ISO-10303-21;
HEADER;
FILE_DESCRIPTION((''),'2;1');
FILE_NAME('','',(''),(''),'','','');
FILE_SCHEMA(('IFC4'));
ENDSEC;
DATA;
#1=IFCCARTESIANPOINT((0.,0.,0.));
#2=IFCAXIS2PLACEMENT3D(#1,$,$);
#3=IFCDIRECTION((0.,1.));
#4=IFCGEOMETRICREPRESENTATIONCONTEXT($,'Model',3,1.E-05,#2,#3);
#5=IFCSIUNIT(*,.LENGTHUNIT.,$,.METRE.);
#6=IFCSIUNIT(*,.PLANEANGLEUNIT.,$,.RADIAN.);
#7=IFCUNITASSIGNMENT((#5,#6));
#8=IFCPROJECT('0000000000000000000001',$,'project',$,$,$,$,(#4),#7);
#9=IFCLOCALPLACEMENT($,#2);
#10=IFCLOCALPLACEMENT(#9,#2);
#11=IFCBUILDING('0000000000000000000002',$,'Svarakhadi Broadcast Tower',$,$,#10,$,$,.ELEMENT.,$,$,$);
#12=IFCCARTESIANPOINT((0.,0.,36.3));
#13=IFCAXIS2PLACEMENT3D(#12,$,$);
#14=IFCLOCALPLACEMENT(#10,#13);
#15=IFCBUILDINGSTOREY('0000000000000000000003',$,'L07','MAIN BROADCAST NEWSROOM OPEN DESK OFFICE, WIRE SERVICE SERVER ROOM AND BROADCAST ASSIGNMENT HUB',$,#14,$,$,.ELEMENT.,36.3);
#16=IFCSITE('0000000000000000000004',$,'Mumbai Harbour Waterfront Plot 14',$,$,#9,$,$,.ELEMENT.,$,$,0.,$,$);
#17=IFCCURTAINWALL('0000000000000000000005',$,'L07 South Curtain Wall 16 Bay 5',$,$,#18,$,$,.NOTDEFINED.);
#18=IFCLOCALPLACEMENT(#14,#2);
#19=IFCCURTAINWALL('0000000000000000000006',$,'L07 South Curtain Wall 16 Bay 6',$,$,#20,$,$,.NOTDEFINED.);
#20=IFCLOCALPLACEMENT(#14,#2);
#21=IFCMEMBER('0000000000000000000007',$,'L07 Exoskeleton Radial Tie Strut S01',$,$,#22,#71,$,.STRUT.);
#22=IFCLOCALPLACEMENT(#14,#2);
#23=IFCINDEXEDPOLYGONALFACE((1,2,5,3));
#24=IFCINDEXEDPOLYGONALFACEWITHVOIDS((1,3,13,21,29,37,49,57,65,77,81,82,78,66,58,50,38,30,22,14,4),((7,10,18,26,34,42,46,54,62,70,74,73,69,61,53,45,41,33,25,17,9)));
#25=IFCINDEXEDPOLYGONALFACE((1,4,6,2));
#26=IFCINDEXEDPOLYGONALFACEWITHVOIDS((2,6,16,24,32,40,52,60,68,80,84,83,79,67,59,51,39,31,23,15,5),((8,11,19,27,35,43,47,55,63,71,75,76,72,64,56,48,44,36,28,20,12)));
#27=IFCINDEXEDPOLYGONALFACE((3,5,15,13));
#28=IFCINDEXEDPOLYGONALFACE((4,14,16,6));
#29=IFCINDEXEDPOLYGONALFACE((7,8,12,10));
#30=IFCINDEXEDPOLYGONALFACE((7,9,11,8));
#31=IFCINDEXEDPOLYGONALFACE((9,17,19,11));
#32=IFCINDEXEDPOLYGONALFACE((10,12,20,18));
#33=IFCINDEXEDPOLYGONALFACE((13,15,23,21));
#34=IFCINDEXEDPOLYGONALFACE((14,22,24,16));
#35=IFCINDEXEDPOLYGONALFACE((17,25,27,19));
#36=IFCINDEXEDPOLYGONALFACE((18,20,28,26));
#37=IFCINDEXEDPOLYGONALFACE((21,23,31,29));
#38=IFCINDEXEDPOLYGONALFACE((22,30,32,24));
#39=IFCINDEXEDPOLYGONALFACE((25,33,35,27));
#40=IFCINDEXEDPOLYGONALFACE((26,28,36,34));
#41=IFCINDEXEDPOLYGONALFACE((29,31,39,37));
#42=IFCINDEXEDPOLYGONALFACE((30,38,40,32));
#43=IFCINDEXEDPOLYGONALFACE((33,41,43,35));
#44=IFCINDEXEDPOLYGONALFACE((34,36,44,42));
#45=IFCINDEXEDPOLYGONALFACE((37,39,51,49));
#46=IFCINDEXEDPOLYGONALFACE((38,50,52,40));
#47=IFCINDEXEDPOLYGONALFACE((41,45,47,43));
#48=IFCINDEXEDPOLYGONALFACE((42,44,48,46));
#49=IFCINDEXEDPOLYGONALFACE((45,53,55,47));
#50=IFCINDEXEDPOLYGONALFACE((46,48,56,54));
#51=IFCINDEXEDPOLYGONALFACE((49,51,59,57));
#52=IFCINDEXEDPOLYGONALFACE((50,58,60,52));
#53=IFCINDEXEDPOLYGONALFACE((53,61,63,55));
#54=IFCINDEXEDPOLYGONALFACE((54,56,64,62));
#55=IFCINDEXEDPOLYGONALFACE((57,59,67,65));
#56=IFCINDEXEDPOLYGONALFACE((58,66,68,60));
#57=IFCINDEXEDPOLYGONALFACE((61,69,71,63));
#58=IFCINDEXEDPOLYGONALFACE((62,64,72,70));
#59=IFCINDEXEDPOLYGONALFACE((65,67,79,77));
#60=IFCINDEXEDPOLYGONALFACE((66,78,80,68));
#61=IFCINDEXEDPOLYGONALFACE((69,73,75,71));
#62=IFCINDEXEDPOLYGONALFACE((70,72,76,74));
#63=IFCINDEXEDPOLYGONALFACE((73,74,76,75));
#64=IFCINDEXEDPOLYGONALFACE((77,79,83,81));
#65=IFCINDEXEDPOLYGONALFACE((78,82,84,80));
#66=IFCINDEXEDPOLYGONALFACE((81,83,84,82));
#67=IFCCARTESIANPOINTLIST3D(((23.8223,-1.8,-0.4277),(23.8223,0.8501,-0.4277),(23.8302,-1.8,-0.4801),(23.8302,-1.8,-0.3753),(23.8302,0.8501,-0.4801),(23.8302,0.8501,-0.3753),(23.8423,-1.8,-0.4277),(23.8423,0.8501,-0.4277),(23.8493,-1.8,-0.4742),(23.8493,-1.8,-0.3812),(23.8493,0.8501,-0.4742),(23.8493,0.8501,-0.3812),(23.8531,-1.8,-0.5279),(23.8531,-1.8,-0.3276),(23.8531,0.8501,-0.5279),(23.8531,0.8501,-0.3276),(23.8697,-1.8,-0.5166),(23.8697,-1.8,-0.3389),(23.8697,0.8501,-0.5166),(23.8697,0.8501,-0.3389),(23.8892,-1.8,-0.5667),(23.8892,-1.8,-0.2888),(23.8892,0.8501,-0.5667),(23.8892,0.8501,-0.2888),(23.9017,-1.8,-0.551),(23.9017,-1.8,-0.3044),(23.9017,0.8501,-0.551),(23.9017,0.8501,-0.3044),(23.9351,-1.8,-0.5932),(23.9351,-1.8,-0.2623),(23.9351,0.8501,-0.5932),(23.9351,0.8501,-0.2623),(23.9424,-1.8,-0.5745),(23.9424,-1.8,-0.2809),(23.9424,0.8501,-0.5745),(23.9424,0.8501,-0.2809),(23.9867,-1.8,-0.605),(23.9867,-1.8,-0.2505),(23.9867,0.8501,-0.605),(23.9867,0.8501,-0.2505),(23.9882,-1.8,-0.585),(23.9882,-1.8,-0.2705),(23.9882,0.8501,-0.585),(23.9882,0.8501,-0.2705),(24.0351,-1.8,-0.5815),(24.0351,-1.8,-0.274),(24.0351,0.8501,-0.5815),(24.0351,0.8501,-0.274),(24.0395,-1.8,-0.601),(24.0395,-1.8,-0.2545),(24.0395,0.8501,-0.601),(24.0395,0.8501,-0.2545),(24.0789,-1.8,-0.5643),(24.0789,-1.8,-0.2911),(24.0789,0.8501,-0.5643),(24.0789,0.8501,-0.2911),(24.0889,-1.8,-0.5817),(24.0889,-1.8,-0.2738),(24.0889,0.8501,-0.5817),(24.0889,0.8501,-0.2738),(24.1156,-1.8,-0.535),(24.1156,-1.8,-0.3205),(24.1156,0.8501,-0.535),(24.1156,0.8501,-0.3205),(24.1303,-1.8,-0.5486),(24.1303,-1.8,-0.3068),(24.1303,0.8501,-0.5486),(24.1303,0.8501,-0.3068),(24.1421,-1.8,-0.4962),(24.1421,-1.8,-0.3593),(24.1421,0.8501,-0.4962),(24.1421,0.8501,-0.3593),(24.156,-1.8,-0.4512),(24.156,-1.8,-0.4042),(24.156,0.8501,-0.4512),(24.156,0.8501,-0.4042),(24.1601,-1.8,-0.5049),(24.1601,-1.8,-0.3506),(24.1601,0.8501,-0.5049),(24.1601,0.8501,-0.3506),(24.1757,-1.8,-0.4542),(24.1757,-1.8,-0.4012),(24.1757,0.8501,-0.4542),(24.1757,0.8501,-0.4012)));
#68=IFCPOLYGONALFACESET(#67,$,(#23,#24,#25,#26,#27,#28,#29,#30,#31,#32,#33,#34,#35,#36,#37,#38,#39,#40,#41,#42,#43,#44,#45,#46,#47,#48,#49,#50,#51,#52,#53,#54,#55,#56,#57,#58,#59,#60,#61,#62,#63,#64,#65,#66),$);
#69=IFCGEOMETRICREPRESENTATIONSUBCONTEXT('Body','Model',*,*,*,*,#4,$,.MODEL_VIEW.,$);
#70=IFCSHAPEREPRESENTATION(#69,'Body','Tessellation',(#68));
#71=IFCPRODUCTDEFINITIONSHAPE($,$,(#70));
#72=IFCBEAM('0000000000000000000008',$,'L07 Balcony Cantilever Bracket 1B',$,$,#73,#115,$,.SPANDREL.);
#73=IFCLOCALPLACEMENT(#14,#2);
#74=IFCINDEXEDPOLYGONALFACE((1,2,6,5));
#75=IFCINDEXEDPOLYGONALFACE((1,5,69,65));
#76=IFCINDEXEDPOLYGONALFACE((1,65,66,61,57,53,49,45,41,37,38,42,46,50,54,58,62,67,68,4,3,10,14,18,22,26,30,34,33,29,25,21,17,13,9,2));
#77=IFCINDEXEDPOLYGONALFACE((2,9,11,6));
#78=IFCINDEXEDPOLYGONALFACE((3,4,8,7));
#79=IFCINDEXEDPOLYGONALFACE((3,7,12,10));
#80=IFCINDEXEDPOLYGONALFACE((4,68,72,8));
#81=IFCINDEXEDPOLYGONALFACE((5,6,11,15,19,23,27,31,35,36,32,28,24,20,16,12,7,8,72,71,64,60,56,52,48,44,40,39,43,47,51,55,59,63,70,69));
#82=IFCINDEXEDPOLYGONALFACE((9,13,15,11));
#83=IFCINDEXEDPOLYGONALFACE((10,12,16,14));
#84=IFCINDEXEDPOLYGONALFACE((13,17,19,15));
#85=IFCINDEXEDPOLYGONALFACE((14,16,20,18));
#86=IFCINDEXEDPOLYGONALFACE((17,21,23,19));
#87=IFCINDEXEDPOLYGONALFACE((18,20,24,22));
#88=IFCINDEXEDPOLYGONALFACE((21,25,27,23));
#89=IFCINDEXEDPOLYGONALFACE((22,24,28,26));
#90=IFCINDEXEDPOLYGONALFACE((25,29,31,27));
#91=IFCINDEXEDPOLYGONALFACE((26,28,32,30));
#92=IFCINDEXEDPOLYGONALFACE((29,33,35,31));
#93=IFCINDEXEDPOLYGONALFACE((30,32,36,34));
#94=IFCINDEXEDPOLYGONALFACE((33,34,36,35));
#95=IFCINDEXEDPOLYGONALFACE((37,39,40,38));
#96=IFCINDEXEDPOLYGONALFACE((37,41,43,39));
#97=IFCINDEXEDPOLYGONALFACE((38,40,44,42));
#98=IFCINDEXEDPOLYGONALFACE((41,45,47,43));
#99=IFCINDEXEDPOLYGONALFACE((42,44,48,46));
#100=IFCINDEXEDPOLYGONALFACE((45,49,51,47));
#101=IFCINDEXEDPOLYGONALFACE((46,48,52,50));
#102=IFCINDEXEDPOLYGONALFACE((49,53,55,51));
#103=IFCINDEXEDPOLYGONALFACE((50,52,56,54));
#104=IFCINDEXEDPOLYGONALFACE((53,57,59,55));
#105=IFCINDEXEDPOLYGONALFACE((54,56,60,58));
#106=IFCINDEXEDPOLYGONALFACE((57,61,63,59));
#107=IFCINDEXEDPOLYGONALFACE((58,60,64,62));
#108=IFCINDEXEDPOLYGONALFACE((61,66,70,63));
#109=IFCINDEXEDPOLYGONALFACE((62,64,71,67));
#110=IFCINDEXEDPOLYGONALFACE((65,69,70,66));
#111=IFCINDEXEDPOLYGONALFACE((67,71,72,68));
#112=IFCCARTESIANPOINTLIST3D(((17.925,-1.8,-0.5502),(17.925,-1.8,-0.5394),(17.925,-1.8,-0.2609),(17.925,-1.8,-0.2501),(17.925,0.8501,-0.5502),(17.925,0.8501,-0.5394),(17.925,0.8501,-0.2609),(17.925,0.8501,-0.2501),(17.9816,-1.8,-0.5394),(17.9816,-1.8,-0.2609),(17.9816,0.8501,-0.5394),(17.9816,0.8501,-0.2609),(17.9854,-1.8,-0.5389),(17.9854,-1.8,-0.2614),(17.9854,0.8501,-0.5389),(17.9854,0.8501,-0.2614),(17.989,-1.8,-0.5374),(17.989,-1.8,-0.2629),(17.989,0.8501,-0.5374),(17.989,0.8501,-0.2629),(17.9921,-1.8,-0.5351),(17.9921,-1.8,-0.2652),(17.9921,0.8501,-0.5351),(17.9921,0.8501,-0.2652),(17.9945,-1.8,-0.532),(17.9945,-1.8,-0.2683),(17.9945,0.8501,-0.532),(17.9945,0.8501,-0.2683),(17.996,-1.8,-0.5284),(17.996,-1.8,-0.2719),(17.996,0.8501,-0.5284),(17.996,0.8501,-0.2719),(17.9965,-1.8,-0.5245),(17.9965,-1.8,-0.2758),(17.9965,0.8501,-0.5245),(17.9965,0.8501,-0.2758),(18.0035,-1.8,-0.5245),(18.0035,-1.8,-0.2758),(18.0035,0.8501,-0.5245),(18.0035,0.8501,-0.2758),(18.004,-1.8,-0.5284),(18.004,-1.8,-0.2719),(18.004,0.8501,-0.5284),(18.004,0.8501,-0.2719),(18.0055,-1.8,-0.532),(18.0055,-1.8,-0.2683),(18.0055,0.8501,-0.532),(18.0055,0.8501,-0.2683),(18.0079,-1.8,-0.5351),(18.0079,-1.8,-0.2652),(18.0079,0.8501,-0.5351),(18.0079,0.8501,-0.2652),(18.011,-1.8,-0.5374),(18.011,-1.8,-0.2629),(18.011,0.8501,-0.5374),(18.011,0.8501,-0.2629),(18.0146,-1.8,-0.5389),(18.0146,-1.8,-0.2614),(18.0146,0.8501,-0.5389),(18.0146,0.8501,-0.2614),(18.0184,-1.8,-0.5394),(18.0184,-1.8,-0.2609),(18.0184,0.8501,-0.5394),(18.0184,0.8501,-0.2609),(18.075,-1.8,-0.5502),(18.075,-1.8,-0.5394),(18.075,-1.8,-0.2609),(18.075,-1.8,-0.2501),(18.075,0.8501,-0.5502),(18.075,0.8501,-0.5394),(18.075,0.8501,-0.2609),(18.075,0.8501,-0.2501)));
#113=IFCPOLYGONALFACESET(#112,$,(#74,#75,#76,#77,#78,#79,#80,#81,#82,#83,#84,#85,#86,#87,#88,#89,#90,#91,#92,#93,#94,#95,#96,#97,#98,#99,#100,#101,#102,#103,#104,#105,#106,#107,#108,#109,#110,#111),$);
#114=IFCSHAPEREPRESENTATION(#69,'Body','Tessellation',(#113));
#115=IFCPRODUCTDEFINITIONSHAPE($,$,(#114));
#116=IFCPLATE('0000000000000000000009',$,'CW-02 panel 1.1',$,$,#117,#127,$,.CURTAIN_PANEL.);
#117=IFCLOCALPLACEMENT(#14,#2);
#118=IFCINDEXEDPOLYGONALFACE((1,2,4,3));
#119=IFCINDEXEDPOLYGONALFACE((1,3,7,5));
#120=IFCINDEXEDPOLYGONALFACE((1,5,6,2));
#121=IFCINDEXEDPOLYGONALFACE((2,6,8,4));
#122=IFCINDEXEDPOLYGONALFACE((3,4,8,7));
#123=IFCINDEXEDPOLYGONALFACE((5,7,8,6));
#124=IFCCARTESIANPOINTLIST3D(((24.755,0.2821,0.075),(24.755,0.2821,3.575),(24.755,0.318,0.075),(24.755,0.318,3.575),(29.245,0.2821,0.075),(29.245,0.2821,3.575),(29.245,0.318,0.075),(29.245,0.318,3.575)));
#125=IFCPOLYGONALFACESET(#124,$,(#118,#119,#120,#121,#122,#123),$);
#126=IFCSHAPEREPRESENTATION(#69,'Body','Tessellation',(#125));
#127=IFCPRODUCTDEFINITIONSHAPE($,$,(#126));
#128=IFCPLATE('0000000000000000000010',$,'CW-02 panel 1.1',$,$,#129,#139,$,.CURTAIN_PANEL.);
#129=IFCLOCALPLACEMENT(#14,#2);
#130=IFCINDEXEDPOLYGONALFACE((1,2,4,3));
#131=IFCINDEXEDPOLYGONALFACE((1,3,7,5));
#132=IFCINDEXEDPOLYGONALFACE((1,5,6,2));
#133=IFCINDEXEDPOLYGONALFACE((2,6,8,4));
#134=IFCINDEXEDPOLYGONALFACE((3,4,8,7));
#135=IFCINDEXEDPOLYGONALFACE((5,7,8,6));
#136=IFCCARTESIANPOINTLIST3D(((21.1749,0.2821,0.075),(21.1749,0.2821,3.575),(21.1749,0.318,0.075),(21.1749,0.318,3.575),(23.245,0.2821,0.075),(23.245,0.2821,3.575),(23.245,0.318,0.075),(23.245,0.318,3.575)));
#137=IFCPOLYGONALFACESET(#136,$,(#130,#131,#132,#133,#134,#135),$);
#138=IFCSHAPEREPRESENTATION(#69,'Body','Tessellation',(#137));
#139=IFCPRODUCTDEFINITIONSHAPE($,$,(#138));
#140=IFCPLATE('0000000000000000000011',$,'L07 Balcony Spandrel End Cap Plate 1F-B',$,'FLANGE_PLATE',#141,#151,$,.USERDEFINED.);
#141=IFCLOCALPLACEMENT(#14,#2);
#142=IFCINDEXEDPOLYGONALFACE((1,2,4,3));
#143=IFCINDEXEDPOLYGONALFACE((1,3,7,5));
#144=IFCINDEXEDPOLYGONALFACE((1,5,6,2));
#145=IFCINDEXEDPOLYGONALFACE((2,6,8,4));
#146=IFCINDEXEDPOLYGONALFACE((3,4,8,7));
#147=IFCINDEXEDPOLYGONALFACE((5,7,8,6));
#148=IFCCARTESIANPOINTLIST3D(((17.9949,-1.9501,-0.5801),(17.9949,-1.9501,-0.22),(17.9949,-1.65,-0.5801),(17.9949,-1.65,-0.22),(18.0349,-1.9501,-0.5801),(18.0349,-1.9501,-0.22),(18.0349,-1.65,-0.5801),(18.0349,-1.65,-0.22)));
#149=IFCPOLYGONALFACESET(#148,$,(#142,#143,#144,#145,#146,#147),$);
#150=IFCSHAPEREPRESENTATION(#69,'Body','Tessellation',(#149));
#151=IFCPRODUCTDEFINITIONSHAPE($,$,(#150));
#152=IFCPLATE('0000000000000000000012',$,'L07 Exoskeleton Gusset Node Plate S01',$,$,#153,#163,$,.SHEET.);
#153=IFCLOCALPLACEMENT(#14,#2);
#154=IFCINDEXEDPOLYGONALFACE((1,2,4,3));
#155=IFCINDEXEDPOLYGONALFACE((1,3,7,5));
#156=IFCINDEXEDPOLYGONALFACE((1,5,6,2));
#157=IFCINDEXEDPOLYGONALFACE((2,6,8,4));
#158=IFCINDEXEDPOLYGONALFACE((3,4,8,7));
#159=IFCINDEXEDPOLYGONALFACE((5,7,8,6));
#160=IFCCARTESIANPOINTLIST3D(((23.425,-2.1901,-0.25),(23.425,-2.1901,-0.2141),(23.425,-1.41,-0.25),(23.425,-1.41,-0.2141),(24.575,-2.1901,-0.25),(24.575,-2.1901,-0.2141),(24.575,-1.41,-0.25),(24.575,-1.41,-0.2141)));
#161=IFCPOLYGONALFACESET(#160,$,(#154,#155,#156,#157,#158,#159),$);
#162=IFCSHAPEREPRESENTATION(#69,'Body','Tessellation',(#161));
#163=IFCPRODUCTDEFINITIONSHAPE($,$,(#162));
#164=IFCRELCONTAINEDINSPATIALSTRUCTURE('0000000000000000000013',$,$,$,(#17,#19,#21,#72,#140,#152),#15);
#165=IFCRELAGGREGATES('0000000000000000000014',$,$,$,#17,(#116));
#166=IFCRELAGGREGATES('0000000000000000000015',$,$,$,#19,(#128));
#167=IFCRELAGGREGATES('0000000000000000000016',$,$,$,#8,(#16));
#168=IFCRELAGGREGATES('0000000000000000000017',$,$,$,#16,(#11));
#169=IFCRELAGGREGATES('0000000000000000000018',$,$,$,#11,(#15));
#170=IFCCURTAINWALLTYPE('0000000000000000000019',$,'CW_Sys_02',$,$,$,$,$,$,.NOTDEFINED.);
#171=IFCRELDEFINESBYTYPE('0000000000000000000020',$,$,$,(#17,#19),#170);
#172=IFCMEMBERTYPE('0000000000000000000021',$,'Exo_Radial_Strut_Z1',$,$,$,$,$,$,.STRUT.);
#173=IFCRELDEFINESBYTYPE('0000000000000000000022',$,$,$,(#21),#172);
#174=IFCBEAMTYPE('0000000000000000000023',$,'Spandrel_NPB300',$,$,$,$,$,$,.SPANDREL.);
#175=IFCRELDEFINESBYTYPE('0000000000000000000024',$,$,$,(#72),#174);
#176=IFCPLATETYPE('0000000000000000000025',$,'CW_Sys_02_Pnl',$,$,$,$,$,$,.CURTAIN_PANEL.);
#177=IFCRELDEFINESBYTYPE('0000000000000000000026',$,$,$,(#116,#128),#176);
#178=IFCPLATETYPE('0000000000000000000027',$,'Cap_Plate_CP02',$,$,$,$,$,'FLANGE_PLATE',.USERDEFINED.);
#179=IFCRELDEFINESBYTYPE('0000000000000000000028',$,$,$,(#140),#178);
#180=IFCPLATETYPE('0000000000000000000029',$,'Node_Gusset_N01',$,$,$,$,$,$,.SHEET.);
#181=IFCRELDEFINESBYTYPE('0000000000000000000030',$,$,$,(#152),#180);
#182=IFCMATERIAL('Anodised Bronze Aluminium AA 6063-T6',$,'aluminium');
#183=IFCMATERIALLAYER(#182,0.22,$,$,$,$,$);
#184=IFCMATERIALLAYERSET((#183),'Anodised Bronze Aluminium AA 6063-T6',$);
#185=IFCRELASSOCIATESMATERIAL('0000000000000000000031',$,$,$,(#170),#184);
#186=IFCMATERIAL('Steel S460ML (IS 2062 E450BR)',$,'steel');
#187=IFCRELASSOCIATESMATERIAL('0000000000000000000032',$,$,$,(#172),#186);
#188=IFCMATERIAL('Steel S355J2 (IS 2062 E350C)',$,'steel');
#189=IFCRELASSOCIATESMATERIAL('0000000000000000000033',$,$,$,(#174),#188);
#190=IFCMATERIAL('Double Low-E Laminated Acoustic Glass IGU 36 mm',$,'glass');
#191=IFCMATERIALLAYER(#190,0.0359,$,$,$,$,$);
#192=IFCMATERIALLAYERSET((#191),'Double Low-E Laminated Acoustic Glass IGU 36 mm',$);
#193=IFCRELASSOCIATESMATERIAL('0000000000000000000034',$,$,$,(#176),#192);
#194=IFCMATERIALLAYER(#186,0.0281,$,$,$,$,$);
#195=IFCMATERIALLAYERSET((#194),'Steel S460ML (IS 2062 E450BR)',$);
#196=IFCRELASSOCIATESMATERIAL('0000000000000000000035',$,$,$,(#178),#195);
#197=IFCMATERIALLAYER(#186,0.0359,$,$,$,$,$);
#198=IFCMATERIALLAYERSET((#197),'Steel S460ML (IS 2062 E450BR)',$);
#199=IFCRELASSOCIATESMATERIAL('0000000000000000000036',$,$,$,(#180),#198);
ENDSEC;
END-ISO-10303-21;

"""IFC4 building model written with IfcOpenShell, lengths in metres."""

from ifc_helpers import new_model, si_unit, direction, frame, origin, origin_2d, place, context, subcontext, project, spatial, rectangle, hollow_circle, i_section, extrude, material, layer, layer_set, material_profile, profile_set, type_object, element, aggregate, save


model = new_model("IFC4")

# Units and contexts
model_context = context("Model", 3, precision=1e-05, world=origin(), true_north=direction((0.0, 1.0)))
body_context = subcontext(model_context, "Body", "Model", "MODEL_VIEW")
ifc_project = project(units=[si_unit("LENGTHUNIT", "METRE"), si_unit("PLANEANGLEUNIT", "RADIAN")], contexts=[model_context])

# Site, building, storey
site_placement = place(None, origin())
site = spatial("IfcSite", under=ifc_project, at=site_placement, Name="Mumbai Harbour Waterfront Plot 14", CompositionType="ELEMENT", RefElevation=0.0)
building_placement = place(site_placement, origin())
building = spatial("IfcBuilding", under=site, at=building_placement, Name="Svarakhadi Broadcast Tower", CompositionType="ELEMENT")
storey_placement = place(building_placement, frame((0.0, 0.0, 36.3)))
storey = spatial("IfcBuildingStorey", under=building, at=storey_placement, Name="L07", Description="MAIN BROADCAST NEWSROOM OPEN DESK OFFICE, WIRE SERVICE SERVER ROOM AND BROADCAST ASSIGNMENT HUB", CompositionType="ELEMENT", Elevation=36.3)

# Curtain wall
ifc_material_1 = material(Name="Anodised Bronze Aluminium AA 6063-T6", Category="aluminium")
ifc_layer_1 = layer(ifc_material_1, 0.22)
ifc_layer_set_1 = layer_set([ifc_layer_1], Name="Anodised Bronze Aluminium AA 6063-T6")
curtain_wall_type = type_object("IfcCurtainWallType", Name="CW_Sys_02", PredefinedType="NOTDEFINED", material=ifc_layer_set_1)
curtain_wall_1_placement = place(storey_placement, origin())
curtain_wall_1 = element("IfcCurtainWall", 1, at=curtain_wall_1_placement, inside=storey, type_object=curtain_wall_type, Name="L07 South Curtain Wall 16 Bay 5", PredefinedType="NOTDEFINED")

# Curtain wall
curtain_wall_2_placement = place(storey_placement, origin())
curtain_wall_2 = element("IfcCurtainWall", 2, at=curtain_wall_2_placement, inside=storey, type_object=curtain_wall_type, Name="L07 South Curtain Wall 16 Bay 6", PredefinedType="NOTDEFINED")

# Member
ifc_material_2 = material(Name="Steel S460ML (IS 2062 E450BR)", Category="steel")
ifc_material_profile_1 = material_profile(ifc_material_2, hollow_circle(Radius=0.1777, WallThickness=0.02, at=origin_2d()), Name="CHS 355.6x20")
ifc_profile_set_1 = profile_set([ifc_material_profile_1], Name="Steel S460ML (IS 2062 E450BR)")
member_type_1 = type_object("IfcMemberType", Name="Exo_Radial_Strut_Z1", PredefinedType="STRUT", material=ifc_profile_set_1)
member_1_placement = place(storey_placement, frame((24.0, -1.8, -0.4277), z_axis=(0.0, 1.0, 0.0), x_axis=(-1.0, 0.0, 0.0)))
element("IfcMember", 3, at=member_1_placement, inside=storey, type_object=member_type_1, Name="L07 Exoskeleton Radial Tie Strut S01", PredefinedType="STRUT", context=body_context, shape_type="SweptSolid", body=[
    extrude(hollow_circle(Radius=0.1777, WallThickness=0.02, at=origin_2d()), origin(), (0.0, 0.0, 1.0), 2.6501),
])

# Beam
ifc_material_3 = material(Name="Steel S355J2 (IS 2062 E350C)", Category="steel")
ifc_material_profile_2 = material_profile(ifc_material_3, i_section(OverallWidth=0.1499, OverallDepth=0.3, WebThickness=0.0071, FlangeThickness=0.0107, FilletRadius=0.0149, at=origin_2d()), Name="NPB 300x150x37")
ifc_profile_set_2 = profile_set([ifc_material_profile_2], Name="Steel S355J2 (IS 2062 E350C)")
beam_type = type_object("IfcBeamType", Name="Spandrel_NPB300", PredefinedType="SPANDREL", material=ifc_profile_set_2)
beam_placement = place(storey_placement, frame((18.0, 0.8501, -0.4001), z_axis=(0.0, -1.0, 0.0), x_axis=(1.0, 0.0, 0.0)))
element("IfcBeam", 4, at=beam_placement, inside=storey, type_object=beam_type, Name="L07 Balcony Cantilever Bracket 1B", PredefinedType="SPANDREL", context=body_context, shape_type="SweptSolid", body=[
    extrude(i_section(OverallWidth=0.1499, OverallDepth=0.3, WebThickness=0.0071, FlangeThickness=0.0107, FilletRadius=0.0149, at=origin_2d()), origin(), (0.0, 0.0, 1.0), 2.6501),
])

# Plates
ifc_material_4 = material(Name="Double Low-E Laminated Acoustic Glass IGU 36 mm", Category="glass")
ifc_layer_2 = layer(ifc_material_4, 0.0359)
ifc_layer_set_2 = layer_set([ifc_layer_2], Name="Double Low-E Laminated Acoustic Glass IGU 36 mm")
plate_type_1 = type_object("IfcPlateType", Name="CW_Sys_02_Pnl", PredefinedType="CURTAIN_PANEL", material=ifc_layer_set_2)
plate_1_placement = place(storey_placement, frame((27.0, 0.3, 0.075), z_axis=(0.0, 0.0, 1.0), x_axis=(-1.0, 0.0, 0.0)))
plate_1 = element("IfcPlate", 5, at=plate_1_placement, type_object=plate_type_1, Name="CW-02 panel 1.1", PredefinedType="CURTAIN_PANEL", context=body_context, shape_type="SweptSolid", body=[
    extrude(rectangle(XDim=4.49, YDim=0.0359, at=origin_2d()), origin(), (0.0, 0.0, 1.0), 3.5),
])
aggregate(curtain_wall_1, [plate_1])
plate_2_placement = place(storey_placement, frame((22.21, 0.3, 0.075), z_axis=(0.0, 0.0, 1.0), x_axis=(-1.0, 0.0, 0.0)))
plate_2 = element("IfcPlate", 6, at=plate_2_placement, type_object=plate_type_1, Name="CW-02 panel 1.1", PredefinedType="CURTAIN_PANEL", context=body_context, shape_type="SweptSolid", body=[
    extrude(rectangle(XDim=2.0701, YDim=0.0359, at=origin_2d()), origin(), (0.0, 0.0, 1.0), 3.5),
])
aggregate(curtain_wall_2, [plate_2])

# Plates
ifc_layer_3 = layer(ifc_material_2, 0.0281)
ifc_layer_set_3 = layer_set([ifc_layer_3], Name="Steel S460ML (IS 2062 E450BR)")
plate_type_2 = type_object("IfcPlateType", Name="Cap_Plate_CP02", ElementType="FLANGE_PLATE", PredefinedType="USERDEFINED", material=ifc_layer_set_3)
plate_3_placement = place(storey_placement, frame((18.0149, -1.8, -0.5801), z_axis=(0.0, 0.0, 1.0), x_axis=(1.0, 0.0, 0.0)))
element("IfcPlate", 7, at=plate_3_placement, inside=storey, type_object=plate_type_2, Name="L07 Balcony Spandrel End Cap Plate 1F-B", ObjectType="FLANGE_PLATE", PredefinedType="USERDEFINED", context=body_context, shape_type="SweptSolid", body=[
    extrude(rectangle(XDim=0.04, YDim=0.3, at=origin_2d()), origin(), (0.0, 0.0, 1.0), 0.3601),
])
ifc_layer_4 = layer(ifc_material_2, 0.0359)
ifc_layer_set_4 = layer_set([ifc_layer_4], Name="Steel S460ML (IS 2062 E450BR)")
plate_type_3 = type_object("IfcPlateType", Name="Node_Gusset_N01", PredefinedType="SHEET", material=ifc_layer_set_4)
plate_4_placement = place(storey_placement, frame((24.0, -1.8, -0.25), z_axis=(0.0, 0.0, 1.0), x_axis=(1.0, 0.0, 0.0)))
element("IfcPlate", 8, at=plate_4_placement, inside=storey, type_object=plate_type_3, Name="L07 Exoskeleton Gusset Node Plate S01", PredefinedType="SHEET", context=body_context, shape_type="SweptSolid", body=[
    extrude(rectangle(XDim=1.1499, YDim=0.78, at=origin_2d()), origin(), (0.0, 0.0, 1.0), 0.0359),
])

save(model, "model.ifc")
